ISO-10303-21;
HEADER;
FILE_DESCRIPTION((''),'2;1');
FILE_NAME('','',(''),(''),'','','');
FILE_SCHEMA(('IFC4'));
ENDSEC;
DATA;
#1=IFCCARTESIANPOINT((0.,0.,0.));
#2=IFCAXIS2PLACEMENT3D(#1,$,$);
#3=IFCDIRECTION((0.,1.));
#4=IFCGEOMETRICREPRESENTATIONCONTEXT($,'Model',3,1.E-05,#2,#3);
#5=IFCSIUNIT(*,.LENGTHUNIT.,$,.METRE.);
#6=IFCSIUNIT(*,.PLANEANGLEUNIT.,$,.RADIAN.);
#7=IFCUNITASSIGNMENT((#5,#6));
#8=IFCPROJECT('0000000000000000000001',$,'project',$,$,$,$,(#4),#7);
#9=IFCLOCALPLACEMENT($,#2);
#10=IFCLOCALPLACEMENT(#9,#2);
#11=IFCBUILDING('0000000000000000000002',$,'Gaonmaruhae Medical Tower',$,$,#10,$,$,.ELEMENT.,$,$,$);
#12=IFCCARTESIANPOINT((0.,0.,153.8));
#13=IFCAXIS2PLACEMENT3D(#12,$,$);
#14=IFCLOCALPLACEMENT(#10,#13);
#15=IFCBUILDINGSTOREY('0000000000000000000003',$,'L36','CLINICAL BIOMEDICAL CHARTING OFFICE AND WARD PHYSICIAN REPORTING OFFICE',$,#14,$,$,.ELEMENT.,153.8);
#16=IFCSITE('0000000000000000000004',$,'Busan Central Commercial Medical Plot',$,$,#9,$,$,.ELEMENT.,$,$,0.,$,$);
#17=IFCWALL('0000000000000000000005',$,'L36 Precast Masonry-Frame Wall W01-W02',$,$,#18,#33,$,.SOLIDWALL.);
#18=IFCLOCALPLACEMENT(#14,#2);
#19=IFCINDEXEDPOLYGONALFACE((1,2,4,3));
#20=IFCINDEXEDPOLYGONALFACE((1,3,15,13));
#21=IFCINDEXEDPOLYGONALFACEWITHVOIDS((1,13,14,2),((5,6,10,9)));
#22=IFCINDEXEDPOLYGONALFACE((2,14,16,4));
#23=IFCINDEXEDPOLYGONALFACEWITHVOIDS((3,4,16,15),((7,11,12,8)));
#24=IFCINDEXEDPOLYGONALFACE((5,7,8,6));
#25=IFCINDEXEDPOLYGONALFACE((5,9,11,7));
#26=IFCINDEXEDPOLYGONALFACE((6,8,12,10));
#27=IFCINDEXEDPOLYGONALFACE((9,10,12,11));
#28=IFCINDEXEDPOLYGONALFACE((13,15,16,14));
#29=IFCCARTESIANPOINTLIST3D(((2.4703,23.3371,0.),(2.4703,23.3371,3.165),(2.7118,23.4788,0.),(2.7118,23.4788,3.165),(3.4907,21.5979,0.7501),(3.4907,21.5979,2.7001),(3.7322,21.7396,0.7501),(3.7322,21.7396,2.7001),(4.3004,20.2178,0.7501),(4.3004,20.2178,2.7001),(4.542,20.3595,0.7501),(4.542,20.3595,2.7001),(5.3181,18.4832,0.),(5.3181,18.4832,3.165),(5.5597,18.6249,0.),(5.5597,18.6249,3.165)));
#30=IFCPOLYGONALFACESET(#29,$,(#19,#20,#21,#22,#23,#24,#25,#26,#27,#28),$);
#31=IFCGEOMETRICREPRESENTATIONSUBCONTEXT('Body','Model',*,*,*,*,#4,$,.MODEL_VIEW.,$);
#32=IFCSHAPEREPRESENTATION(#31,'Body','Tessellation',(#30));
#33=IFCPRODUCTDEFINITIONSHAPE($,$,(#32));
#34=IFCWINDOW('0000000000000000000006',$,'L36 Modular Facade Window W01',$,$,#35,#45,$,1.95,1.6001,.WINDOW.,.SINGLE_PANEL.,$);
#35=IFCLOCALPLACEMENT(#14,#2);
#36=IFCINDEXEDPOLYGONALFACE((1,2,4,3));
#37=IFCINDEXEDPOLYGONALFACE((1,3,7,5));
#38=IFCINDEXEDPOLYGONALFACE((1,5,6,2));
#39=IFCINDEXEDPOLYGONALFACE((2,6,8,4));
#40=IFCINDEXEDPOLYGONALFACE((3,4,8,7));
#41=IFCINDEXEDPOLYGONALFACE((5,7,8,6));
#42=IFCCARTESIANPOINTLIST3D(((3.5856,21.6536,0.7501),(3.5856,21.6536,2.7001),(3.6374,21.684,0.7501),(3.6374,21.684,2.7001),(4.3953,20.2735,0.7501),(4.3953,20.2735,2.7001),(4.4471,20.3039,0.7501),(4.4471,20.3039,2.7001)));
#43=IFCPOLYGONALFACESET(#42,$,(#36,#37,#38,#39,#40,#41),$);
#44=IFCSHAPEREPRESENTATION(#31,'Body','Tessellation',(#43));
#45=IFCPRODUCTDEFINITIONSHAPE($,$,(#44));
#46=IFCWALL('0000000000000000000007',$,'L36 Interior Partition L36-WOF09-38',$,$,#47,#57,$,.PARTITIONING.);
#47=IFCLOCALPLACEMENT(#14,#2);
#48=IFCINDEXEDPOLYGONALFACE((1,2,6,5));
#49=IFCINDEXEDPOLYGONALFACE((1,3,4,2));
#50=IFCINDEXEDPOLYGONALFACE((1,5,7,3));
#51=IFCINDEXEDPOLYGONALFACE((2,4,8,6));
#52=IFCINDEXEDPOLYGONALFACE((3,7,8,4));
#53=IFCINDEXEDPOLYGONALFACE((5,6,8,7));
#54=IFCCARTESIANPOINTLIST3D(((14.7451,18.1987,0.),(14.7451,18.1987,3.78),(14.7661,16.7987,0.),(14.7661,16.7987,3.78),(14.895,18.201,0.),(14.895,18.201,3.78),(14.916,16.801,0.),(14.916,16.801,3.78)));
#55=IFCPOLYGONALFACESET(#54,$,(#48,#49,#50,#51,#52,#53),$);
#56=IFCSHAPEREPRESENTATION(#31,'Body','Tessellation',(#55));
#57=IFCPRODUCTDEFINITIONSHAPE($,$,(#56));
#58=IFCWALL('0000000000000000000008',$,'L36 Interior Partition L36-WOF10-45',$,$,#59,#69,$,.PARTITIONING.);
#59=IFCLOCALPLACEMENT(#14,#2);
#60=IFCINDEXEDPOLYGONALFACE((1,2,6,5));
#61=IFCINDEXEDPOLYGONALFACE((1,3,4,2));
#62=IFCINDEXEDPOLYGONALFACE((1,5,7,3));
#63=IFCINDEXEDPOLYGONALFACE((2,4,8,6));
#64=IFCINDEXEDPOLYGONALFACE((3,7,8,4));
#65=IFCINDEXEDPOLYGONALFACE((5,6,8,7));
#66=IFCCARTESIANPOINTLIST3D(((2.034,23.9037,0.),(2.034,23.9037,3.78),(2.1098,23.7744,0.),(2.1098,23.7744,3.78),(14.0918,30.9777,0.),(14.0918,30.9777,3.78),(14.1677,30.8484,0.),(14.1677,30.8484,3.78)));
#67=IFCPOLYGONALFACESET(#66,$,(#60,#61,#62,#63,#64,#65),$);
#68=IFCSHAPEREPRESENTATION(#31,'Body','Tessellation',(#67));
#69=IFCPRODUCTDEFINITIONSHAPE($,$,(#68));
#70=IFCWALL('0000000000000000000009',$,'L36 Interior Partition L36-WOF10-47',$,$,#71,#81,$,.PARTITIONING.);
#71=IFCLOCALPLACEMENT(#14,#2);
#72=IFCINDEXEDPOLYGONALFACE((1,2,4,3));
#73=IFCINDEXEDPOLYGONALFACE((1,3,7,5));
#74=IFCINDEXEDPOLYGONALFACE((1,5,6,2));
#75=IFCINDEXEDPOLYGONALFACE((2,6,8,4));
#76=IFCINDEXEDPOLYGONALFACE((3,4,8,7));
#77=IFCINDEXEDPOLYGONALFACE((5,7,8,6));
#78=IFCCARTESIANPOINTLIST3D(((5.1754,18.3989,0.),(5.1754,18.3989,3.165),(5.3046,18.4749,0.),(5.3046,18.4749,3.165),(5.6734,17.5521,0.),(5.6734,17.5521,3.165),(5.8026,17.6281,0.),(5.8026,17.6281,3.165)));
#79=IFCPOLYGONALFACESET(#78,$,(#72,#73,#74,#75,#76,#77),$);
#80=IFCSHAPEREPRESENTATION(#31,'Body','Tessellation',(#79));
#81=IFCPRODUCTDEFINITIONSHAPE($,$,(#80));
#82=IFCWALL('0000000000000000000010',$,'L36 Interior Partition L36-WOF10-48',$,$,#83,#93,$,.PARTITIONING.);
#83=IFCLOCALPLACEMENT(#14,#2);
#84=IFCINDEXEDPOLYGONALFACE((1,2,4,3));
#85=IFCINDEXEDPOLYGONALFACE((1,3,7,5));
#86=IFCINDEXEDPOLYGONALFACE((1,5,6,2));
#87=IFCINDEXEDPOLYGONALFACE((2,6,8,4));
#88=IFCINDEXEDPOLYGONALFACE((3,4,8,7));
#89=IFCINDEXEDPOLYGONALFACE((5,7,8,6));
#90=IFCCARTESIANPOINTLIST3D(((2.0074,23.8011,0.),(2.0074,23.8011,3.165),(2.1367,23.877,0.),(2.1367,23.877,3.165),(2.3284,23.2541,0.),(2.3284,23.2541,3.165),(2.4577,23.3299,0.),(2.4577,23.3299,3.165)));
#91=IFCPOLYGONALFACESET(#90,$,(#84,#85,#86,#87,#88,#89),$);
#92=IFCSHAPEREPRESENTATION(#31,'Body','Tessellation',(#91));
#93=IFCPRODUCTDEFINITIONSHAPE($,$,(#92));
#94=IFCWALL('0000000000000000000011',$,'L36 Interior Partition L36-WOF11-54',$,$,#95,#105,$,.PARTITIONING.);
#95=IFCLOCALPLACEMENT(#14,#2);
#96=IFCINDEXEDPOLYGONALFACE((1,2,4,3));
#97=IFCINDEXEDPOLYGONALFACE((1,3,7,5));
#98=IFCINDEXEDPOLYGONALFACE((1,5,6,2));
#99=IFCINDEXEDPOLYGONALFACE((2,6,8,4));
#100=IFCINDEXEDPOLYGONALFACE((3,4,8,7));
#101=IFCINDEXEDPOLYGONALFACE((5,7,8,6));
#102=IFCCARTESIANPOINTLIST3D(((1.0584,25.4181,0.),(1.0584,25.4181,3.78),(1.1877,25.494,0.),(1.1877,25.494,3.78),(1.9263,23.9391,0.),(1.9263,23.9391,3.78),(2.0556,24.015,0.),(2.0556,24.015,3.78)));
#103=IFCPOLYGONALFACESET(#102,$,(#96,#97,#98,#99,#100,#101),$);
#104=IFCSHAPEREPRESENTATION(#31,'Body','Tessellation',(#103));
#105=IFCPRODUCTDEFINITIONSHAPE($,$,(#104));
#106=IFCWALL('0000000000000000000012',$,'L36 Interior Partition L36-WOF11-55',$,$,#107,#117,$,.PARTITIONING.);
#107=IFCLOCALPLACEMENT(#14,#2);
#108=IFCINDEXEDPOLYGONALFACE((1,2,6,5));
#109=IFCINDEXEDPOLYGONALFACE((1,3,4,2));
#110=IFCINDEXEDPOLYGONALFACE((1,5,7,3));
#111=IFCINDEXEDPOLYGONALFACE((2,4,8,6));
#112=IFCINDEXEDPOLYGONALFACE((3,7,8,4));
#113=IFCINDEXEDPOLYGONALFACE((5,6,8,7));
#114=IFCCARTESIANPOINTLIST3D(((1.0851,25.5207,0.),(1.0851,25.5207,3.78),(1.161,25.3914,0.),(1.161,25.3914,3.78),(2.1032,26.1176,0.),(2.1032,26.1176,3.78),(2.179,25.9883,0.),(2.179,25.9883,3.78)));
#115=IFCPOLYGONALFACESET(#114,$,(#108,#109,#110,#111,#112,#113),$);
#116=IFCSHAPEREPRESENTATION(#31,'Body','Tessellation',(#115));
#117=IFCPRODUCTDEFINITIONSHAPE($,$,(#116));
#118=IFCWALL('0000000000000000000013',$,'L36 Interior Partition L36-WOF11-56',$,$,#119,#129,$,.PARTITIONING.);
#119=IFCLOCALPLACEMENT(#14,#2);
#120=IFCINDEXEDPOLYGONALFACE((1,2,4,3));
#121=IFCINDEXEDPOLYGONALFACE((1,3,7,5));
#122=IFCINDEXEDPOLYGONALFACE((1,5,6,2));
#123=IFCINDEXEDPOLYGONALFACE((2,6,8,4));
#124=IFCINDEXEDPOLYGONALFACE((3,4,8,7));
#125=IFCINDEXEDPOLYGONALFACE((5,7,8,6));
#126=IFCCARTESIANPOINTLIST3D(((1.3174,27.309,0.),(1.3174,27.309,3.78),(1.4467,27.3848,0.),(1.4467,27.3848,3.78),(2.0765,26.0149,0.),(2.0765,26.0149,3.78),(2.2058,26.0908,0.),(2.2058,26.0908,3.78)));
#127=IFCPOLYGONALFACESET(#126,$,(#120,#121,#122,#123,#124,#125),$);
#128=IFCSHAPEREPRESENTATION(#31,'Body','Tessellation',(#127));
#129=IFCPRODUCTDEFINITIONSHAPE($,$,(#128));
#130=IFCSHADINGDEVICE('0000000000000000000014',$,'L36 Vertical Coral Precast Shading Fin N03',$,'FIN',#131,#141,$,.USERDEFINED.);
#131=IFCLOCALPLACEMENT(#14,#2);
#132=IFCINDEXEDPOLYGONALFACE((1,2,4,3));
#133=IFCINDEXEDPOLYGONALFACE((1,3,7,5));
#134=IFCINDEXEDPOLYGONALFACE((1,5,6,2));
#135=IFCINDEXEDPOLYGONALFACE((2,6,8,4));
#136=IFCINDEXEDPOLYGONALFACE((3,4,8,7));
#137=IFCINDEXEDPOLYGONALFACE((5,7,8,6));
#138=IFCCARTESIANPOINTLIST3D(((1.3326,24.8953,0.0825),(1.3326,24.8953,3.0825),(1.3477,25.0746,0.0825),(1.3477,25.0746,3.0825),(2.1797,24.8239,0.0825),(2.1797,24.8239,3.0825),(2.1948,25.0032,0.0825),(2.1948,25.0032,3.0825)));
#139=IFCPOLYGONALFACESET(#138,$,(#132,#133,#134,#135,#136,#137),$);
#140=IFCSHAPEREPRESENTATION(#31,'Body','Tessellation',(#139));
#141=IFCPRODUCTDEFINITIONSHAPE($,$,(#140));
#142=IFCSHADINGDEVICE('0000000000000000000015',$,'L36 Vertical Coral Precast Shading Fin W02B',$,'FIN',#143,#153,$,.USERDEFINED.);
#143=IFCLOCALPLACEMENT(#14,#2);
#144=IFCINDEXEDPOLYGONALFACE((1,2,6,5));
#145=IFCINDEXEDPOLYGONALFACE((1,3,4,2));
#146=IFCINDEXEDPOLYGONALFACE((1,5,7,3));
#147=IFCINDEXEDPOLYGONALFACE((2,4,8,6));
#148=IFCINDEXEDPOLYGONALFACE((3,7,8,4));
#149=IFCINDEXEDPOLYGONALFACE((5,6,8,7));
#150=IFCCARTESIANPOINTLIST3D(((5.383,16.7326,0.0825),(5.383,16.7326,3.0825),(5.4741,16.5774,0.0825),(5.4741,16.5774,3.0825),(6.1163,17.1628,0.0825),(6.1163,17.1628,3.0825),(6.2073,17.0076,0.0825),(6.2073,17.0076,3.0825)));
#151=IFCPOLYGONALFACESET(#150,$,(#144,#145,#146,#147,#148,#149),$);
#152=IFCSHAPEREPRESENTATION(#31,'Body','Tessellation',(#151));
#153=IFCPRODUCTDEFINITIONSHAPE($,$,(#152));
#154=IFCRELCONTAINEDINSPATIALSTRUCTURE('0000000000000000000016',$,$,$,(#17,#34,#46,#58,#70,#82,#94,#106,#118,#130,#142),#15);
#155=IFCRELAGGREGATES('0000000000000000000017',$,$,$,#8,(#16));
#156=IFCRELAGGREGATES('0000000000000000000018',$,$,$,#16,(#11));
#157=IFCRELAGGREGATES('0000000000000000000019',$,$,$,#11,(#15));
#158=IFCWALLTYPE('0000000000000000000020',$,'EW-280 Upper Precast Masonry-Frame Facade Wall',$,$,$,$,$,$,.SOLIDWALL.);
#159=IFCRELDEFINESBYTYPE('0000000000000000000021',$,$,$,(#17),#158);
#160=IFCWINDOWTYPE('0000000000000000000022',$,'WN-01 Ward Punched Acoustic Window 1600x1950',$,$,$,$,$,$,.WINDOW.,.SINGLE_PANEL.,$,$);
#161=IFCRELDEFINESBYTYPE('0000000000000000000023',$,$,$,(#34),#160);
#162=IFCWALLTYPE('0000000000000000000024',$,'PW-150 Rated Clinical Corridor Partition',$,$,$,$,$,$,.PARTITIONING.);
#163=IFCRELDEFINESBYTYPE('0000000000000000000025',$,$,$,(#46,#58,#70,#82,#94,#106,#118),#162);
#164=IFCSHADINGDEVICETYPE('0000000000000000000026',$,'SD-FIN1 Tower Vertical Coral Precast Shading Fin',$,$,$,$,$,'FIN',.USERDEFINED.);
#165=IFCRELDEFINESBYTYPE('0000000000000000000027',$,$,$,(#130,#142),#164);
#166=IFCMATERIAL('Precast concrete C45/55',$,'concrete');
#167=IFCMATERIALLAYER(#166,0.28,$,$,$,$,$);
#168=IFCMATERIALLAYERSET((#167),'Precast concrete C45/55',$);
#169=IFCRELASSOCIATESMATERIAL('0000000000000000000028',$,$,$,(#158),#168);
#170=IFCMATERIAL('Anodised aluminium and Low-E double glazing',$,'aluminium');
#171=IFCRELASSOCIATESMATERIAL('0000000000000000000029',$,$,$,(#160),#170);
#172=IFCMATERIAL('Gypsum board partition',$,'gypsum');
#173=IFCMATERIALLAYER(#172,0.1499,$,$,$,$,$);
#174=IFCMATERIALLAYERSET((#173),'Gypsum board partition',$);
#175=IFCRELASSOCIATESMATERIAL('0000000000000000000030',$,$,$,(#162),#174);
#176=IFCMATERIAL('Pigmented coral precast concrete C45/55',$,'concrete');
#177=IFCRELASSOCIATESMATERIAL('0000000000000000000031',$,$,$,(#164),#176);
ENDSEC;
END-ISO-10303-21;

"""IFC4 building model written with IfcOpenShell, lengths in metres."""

from ifc_helpers import new_model, si_unit, direction, frame, frame_2d, origin, origin_2d, place, context, subcontext, project, spatial, rectangle, extrude, material, layer, layer_set, type_object, element, fill, save


model = new_model("IFC4")

# Units and contexts
model_context = context("Model", 3, precision=1e-05, world=origin(), true_north=direction((0.0, 1.0)))
body_context = subcontext(model_context, "Body", "Model", "MODEL_VIEW")
ifc_project = project(units=[si_unit("LENGTHUNIT", "METRE"), si_unit("PLANEANGLEUNIT", "RADIAN")], contexts=[model_context])

# Site, building, storey
site_placement = place(None, origin())
site = spatial("IfcSite", under=ifc_project, at=site_placement, Name="Busan Central Commercial Medical Plot", CompositionType="ELEMENT", RefElevation=0.0)
building_placement = place(site_placement, origin())
building = spatial("IfcBuilding", under=site, at=building_placement, Name="Gaonmaruhae Medical Tower", CompositionType="ELEMENT")
storey_placement = place(building_placement, frame((0.0, 0.0, 153.8)))
storey = spatial("IfcBuildingStorey", under=building, at=storey_placement, Name="L36", Description="CLINICAL BIOMEDICAL CHARTING OFFICE AND WARD PHYSICIAN REPORTING OFFICE", CompositionType="ELEMENT", Elevation=153.8)

# Shared definitions
ifc_material_1 = material(Name="Precast concrete C45/55", Category="concrete")
ifc_layer_1 = layer(ifc_material_1, 0.28)
ifc_layer_set_1 = layer_set([ifc_layer_1], Name="Precast concrete C45/55")
wall_type_1 = type_object("IfcWallType", Name="EW-280 Upper Precast Masonry-Frame Facade Wall", PredefinedType="SOLIDWALL", material=ifc_layer_set_1)

# Wall, opening, window
wall_1_placement = place(storey_placement, frame((5.439, 18.554, 0.0), z_axis=(0.0, 0.0, 1.0), x_axis=(-0.506043, 0.862508, 0.0)))
wall_1 = element("IfcWall", 1, at=wall_1_placement, inside=storey, type_object=wall_type_1, Name="L36 Precast Masonry-Frame Wall W01-W02", PredefinedType="SOLIDWALL", context=body_context, shape_type="SweptSolid", body=[
    extrude(rectangle(XDim=5.6277, YDim=0.28, at=frame_2d((2.814, 0.0))), origin(), (0.0, 0.0, 1.0), 3.165),
])
opening_placement = place(wall_1_placement, frame((2.0112, 0.0, 0.75)))
opening = element("IfcOpeningElement", 2, at=opening_placement, cuts=wall_1, PredefinedType="OPENING", context=body_context, shape_type="SweptSolid", body=[
    extrude(rectangle(XDim=1.6001, YDim=1.95, at=frame_2d((0.8, 0.9751))), frame((0.0, 0.1499, 0.0), z_axis=(0.0, -1.0, 0.0), x_axis=(1.0, 0.0, 0.0)), (0.0, 0.0, 1.0), 0.3),
])
ifc_material_2 = material(Name="Anodised aluminium and Low-E double glazing", Category="aluminium")
window_type = type_object("IfcWindowType", Name="WN-01 Ward Punched Acoustic Window 1600x1950", PartitioningType="SINGLE_PANEL", PredefinedType="WINDOW", material=ifc_material_2)
window_placement = place(opening_placement, origin())
window = element("IfcWindow", 3, at=window_placement, inside=storey, type_object=window_type, Name="L36 Modular Facade Window W01", OverallHeight=1.95, OverallWidth=1.6001, PartitioningType="SINGLE_PANEL", PredefinedType="WINDOW", context=body_context, shape_type="SweptSolid", body=[
    extrude(rectangle(XDim=1.6001, YDim=1.95, at=frame_2d((0.8, 0.9751))), frame((0.0, 0.03, 0.0), z_axis=(0.0, -1.0, 0.0), x_axis=(1.0, 0.0, 0.0)), (0.0, 0.0, 1.0), 0.0601),
])
fill(opening, window)

# Walls
ifc_material_3 = material(Name="Gypsum board partition", Category="gypsum")
ifc_layer_2 = layer(ifc_material_3, 0.1499)
ifc_layer_set_2 = layer_set([ifc_layer_2], Name="Gypsum board partition")
wall_type_2 = type_object("IfcWallType", Name="PW-150 Rated Clinical Corridor Partition", PredefinedType="PARTITIONING", material=ifc_layer_set_2)
wall_2_placement = place(storey_placement, frame((14.8201, 18.2, 0.0), z_axis=(0.0, 0.0, 1.0), x_axis=(0.014997, -0.999888, 0.0)))
element("IfcWall", 4, at=wall_2_placement, inside=storey, type_object=wall_type_2, Name="L36 Interior Partition L36-WOF09-38", PredefinedType="PARTITIONING", context=body_context, shape_type="SweptSolid", body=[
    extrude(rectangle(XDim=1.4001, YDim=0.1499, at=frame_2d((0.7002, 0.0))), origin(), (0.0, 0.0, 1.0), 3.78),
])
wall_3_placement = place(storey_placement, frame((2.072, 23.8391, 0.0), z_axis=(0.0, 0.0, 1.0), x_axis=(0.862524, 0.506016, 0.0)))
element("IfcWall", 5, at=wall_3_placement, inside=storey, type_object=wall_type_2, Name="L36 Interior Partition L36-WOF10-45", PredefinedType="PARTITIONING", context=body_context, shape_type="SweptSolid", body=[
    extrude(rectangle(XDim=13.9797, YDim=0.1499, at=frame_2d((6.9897, 0.0))), origin(), (0.0, 0.0, 1.0), 3.78),
])
wall_4_placement = place(storey_placement, frame((5.738, 17.5901, 0.0), z_axis=(0.0, 0.0, 1.0), x_axis=(-0.506912, 0.861998, 0.0)))
element("IfcWall", 6, at=wall_4_placement, inside=storey, type_object=wall_type_2, Name="L36 Interior Partition L36-WOF10-47", PredefinedType="PARTITIONING", context=body_context, shape_type="SweptSolid", body=[
    extrude(rectangle(XDim=0.9824, YDim=0.1499, at=frame_2d((0.4912, 0.0))), origin(), (0.0, 0.0, 1.0), 3.165),
])
wall_5_placement = place(storey_placement, frame((2.3931, 23.292, 0.0), z_axis=(0.0, 0.0, 1.0), x_axis=(-0.506095, 0.862478, 0.0)))
element("IfcWall", 7, at=wall_5_placement, inside=storey, type_object=wall_type_2, Name="L36 Interior Partition L36-WOF10-48", PredefinedType="PARTITIONING", context=body_context, shape_type="SweptSolid", body=[
    extrude(rectangle(XDim=0.6343, YDim=0.1499, at=frame_2d((0.3171, 0.0))), origin(), (0.0, 0.0, 1.0), 3.165),
])
wall_6_placement = place(storey_placement, frame((1.991, 23.9771, 0.0), z_axis=(0.0, 0.0, 1.0), x_axis=(-0.506118, 0.862464, 0.0)))
element("IfcWall", 8, at=wall_6_placement, inside=storey, type_object=wall_type_2, Name="L36 Interior Partition L36-WOF11-54", PredefinedType="PARTITIONING", context=body_context, shape_type="SweptSolid", body=[
    extrude(rectangle(XDim=1.7148, YDim=0.1499, at=frame_2d((0.8574, 0.0))), origin(), (0.0, 0.0, 1.0), 3.78),
])
wall_7_placement = place(storey_placement, frame((1.123, 25.4561, 0.0), z_axis=(0.0, 0.0, 1.0), x_axis=(0.862651, 0.505799, 0.0)))
element("IfcWall", 9, at=wall_7_placement, inside=storey, type_object=wall_type_2, Name="L36 Interior Partition L36-WOF11-55", PredefinedType="PARTITIONING", context=body_context, shape_type="SweptSolid", body=[
    extrude(rectangle(XDim=1.1802, YDim=0.1499, at=frame_2d((0.5901, 0.0))), origin(), (0.0, 0.0, 1.0), 3.78),
])
wall_8_placement = place(storey_placement, frame((2.1411, 26.053, 0.0), z_axis=(0.0, 0.0, 1.0), x_axis=(-0.505974, 0.862549, 0.0)))
element("IfcWall", 10, at=wall_8_placement, inside=storey, type_object=wall_type_2, Name="L36 Interior Partition L36-WOF11-56", PredefinedType="PARTITIONING", context=body_context, shape_type="SweptSolid", body=[
    extrude(rectangle(XDim=1.5002, YDim=0.1499, at=frame_2d((0.75, 0.0))), origin(), (0.0, 0.0, 1.0), 3.78),
])

# Shading devices
ifc_material_4 = material(Name="Pigmented coral precast concrete C45/55", Category="concrete")
shading_device_type = type_object("IfcShadingDeviceType", Name="SD-FIN1 Tower Vertical Coral Precast Shading Fin", ElementType="FIN", PredefinedType="USERDEFINED", material=ifc_material_4)
for number, where, z_axis, x_axis, name in (
    (11, (1.7637, 24.9492, 0.0825), (0.0, 0.0, 1.0), (0.083974, 0.996468, 0.0), "L36 Vertical Coral Precast Shading Fin N03"),
    (12, (5.7952, 16.8701, 0.0825), (0.0, 0.0, 1.0), (-0.506034, 0.862514, 0.0), "L36 Vertical Coral Precast Shading Fin W02B"),
):
    element("IfcShadingDevice", number, at=place(storey_placement, frame(where, z_axis=z_axis, x_axis=x_axis)), inside=storey, type_object=shading_device_type, Name=name, ObjectType="FIN", PredefinedType="USERDEFINED", context=body_context, shape_type="SweptSolid", body=[
        extrude(rectangle(XDim=0.1799, YDim=0.8501, at=origin_2d()), origin(), (0.0, 0.0, 1.0), 3.0),
    ])

save(model, "model.ifc")
